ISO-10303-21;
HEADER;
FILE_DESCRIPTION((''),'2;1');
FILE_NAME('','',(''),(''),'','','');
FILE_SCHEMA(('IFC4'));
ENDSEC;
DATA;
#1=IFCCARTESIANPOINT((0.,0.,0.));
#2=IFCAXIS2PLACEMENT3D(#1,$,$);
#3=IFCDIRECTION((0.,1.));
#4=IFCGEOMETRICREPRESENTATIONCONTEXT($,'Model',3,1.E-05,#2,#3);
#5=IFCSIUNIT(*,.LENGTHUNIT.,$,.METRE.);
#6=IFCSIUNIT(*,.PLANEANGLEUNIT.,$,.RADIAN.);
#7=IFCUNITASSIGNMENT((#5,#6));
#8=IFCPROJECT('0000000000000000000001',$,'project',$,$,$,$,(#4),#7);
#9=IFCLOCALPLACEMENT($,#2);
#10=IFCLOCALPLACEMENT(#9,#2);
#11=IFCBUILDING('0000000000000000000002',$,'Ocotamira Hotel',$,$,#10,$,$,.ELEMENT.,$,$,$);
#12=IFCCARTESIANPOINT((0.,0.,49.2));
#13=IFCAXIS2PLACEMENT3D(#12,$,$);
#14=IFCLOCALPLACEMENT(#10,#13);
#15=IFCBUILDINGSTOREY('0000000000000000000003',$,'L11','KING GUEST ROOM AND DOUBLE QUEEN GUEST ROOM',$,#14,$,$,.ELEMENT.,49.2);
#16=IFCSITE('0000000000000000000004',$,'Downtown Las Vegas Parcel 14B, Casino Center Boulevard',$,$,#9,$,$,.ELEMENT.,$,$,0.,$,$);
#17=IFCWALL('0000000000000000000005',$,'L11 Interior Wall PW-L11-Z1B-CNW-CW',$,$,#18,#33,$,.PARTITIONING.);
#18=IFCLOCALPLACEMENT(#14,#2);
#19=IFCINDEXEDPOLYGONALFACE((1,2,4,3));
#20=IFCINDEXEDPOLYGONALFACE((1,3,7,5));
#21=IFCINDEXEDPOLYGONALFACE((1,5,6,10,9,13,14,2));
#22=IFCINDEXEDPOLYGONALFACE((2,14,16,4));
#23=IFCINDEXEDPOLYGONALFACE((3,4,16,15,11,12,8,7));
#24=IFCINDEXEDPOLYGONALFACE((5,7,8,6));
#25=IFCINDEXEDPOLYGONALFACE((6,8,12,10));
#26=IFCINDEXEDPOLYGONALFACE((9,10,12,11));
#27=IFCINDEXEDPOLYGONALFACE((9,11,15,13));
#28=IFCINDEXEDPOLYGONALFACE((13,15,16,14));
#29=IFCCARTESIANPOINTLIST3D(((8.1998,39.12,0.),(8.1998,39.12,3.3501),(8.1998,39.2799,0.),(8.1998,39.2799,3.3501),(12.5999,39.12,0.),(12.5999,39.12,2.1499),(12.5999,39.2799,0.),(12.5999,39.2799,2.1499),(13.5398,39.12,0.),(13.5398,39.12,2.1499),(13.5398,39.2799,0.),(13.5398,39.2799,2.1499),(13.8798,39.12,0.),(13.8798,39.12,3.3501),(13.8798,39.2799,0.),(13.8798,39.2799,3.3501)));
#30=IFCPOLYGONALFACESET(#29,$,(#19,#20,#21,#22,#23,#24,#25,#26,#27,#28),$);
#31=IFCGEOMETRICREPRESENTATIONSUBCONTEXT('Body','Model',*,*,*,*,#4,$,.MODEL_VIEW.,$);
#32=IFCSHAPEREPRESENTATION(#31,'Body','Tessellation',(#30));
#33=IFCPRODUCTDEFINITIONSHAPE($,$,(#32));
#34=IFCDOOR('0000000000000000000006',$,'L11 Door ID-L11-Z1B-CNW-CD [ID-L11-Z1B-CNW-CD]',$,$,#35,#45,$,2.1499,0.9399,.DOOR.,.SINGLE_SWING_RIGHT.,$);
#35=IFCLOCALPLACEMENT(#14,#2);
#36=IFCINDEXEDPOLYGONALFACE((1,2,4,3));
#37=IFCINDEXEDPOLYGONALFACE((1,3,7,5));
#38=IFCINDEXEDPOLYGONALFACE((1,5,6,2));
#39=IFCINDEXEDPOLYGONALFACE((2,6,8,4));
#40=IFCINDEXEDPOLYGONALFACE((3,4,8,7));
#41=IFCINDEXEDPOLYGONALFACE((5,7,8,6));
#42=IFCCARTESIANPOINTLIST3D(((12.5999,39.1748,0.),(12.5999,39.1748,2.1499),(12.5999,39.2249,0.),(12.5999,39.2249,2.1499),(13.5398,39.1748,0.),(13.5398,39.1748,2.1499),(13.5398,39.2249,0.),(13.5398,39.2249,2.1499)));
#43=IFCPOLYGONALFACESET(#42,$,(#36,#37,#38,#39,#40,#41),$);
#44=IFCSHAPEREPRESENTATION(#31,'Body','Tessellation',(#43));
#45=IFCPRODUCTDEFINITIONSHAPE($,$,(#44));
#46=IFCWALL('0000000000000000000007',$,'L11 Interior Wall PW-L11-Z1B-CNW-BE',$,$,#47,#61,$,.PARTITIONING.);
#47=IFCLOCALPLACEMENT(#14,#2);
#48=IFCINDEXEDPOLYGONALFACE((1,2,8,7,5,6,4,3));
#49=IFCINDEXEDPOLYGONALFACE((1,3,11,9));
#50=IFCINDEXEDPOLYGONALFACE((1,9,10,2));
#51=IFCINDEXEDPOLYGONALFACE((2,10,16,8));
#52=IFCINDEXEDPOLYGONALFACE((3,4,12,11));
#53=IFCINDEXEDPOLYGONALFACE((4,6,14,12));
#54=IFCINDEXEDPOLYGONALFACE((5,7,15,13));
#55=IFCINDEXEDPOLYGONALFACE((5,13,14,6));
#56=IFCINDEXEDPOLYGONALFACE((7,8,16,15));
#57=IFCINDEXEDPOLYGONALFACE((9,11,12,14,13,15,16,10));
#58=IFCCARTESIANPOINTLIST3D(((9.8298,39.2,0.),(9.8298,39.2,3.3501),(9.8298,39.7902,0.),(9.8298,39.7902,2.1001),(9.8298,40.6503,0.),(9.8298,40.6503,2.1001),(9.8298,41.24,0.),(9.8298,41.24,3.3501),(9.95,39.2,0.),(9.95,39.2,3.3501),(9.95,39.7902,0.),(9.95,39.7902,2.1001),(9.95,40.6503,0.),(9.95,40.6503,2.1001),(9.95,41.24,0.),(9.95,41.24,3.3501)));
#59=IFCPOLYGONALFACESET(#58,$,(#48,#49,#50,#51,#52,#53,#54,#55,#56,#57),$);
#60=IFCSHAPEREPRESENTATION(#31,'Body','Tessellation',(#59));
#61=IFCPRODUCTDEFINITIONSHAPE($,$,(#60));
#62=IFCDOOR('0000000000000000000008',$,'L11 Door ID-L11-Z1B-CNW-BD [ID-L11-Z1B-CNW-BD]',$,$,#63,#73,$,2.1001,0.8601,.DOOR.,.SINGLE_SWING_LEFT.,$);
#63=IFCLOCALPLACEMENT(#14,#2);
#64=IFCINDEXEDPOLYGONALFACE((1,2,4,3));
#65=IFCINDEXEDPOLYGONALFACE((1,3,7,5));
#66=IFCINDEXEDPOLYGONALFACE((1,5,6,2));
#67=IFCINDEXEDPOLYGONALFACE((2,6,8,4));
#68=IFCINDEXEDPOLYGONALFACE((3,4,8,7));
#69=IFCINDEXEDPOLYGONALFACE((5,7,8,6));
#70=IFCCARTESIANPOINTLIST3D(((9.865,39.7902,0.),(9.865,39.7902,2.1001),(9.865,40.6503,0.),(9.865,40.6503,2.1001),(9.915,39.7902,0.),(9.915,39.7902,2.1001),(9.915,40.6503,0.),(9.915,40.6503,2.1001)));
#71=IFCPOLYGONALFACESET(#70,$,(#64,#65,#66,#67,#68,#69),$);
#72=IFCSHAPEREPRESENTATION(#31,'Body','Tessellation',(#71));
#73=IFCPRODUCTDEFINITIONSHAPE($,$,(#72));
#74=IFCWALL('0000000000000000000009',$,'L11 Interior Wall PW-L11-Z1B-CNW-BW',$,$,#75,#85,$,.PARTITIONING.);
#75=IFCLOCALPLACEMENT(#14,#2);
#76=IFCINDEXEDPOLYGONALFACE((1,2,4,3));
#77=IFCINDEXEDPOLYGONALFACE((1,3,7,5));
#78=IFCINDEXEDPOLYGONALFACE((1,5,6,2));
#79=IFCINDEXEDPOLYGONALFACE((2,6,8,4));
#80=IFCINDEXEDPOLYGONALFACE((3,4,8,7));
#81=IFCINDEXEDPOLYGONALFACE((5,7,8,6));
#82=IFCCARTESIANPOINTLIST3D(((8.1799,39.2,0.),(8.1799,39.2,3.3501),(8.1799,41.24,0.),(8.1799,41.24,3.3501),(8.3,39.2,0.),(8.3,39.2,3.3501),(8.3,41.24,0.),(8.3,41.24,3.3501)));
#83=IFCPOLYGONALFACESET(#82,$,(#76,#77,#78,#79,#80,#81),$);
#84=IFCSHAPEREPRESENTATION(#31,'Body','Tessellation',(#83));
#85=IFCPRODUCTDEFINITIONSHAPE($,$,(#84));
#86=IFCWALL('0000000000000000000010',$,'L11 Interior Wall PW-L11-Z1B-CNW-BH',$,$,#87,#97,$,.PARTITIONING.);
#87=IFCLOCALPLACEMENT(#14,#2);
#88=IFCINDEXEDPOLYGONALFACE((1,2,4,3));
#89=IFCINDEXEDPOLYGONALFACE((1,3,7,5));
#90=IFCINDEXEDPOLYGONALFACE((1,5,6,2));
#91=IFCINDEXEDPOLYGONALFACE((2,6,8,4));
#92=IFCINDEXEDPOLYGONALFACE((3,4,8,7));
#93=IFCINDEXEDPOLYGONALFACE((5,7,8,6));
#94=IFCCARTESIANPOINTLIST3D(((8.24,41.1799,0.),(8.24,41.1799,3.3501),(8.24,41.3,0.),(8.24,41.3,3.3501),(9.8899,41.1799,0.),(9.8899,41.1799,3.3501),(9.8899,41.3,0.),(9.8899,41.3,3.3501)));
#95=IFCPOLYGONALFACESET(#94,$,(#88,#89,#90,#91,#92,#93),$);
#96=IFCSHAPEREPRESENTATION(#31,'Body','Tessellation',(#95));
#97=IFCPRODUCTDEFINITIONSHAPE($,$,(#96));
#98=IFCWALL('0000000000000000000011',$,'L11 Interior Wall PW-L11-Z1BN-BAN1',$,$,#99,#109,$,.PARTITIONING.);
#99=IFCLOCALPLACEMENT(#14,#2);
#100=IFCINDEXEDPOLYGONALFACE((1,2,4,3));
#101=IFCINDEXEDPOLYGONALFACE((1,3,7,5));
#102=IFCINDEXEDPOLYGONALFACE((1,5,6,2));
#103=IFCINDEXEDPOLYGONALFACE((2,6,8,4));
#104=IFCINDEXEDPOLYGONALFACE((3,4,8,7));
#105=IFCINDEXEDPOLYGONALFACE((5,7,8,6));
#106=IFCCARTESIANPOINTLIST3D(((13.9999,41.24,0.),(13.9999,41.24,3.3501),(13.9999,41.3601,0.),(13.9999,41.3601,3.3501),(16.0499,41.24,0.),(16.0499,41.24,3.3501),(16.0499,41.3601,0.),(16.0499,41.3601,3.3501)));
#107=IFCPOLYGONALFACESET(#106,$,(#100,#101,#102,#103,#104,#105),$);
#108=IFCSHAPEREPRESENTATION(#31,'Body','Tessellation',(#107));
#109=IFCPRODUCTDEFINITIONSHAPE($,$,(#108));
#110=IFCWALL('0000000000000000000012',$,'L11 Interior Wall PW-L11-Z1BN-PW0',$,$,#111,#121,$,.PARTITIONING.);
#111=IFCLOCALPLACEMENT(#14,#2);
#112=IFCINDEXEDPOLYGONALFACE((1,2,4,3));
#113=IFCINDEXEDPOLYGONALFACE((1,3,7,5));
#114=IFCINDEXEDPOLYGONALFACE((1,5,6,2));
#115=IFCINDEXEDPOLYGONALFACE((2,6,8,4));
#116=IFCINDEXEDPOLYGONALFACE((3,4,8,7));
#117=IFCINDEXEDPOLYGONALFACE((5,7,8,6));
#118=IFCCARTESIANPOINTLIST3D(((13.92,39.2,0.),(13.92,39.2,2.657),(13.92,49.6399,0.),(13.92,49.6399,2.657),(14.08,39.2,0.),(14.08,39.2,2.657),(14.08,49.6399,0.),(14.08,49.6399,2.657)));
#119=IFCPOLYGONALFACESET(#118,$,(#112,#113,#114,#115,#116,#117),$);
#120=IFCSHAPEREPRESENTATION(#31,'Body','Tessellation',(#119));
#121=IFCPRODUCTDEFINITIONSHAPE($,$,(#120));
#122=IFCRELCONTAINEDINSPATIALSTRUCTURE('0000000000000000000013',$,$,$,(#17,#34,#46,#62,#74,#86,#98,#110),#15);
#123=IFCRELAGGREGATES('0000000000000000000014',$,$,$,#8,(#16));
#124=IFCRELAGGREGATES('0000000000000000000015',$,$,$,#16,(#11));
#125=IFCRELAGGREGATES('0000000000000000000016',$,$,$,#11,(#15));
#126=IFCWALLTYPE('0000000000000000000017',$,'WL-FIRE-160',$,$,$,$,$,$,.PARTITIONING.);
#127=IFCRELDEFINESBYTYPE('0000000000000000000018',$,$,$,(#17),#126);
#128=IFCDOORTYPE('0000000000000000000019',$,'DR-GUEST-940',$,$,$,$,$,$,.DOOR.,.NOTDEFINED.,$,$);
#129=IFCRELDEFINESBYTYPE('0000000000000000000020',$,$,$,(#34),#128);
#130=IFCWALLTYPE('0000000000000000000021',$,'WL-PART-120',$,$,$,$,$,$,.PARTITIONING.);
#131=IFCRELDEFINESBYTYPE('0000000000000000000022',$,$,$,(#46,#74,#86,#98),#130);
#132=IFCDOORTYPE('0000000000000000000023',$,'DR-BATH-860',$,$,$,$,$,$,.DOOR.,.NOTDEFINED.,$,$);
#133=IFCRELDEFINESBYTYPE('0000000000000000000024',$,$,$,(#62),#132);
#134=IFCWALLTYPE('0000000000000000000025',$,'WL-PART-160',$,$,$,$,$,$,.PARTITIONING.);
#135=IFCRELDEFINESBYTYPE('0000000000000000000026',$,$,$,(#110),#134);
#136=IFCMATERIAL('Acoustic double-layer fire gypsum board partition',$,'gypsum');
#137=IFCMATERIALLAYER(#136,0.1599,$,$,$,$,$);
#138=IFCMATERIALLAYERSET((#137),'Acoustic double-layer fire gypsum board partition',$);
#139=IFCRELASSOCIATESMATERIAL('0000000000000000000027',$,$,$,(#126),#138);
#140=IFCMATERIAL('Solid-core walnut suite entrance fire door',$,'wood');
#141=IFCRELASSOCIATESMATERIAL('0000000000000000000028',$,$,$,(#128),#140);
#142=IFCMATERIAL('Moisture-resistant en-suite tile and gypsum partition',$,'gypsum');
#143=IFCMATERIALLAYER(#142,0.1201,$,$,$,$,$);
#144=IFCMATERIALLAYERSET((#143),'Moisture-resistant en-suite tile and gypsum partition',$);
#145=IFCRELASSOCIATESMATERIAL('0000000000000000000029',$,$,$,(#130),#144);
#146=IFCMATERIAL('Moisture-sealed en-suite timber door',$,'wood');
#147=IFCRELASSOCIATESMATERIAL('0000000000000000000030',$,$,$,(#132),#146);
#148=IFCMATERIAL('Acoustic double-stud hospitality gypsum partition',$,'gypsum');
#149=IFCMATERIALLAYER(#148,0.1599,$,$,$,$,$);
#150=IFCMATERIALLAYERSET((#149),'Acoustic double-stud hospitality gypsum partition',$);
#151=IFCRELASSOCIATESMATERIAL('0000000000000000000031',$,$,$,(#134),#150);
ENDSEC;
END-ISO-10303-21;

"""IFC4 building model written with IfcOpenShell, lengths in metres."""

from ifc_helpers import new_model, si_unit, direction, frame, frame_2d, origin, place, context, subcontext, project, spatial, rectangle, extrude, source, transform, mapped, material, layer, layer_set, type_object, element, fill, save


model = new_model("IFC4")

# Units and contexts
model_context = context("Model", 3, precision=1e-05, world=origin(), true_north=direction((0.0, 1.0)))
body_context = subcontext(model_context, "Body", "Model", "MODEL_VIEW")
ifc_project = project(units=[si_unit("LENGTHUNIT", "METRE"), si_unit("PLANEANGLEUNIT", "RADIAN")], contexts=[model_context])

# Site, building, storey
site_placement = place(None, origin())
site = spatial("IfcSite", under=ifc_project, at=site_placement, Name="Downtown Las Vegas Parcel 14B, Casino Center Boulevard", CompositionType="ELEMENT", RefElevation=0.0)
building_placement = place(site_placement, origin())
building = spatial("IfcBuilding", under=site, at=building_placement, Name="Ocotamira Hotel", CompositionType="ELEMENT")
storey_placement = place(building_placement, frame((0.0, 0.0, 49.2)))
storey = spatial("IfcBuildingStorey", under=building, at=storey_placement, Name="L11", Description="KING GUEST ROOM AND DOUBLE QUEEN GUEST ROOM", CompositionType="ELEMENT", Elevation=49.2)

# Wall, opening, door
ifc_material_1 = material(Name="Acoustic double-layer fire gypsum board partition", Category="gypsum")
ifc_layer_1 = layer(ifc_material_1, 0.1599)
ifc_layer_set_1 = layer_set([ifc_layer_1], Name="Acoustic double-layer fire gypsum board partition")
wall_type_1 = type_object("IfcWallType", Name="WL-FIRE-160", PredefinedType="PARTITIONING", material=ifc_layer_set_1)
wall_1_placement = place(storey_placement, frame((8.2, 39.2, 0.0), z_axis=(0.0, 0.0, 1.0), x_axis=(1.0, 0.0, 0.0)))
wall_1 = element("IfcWall", 1, at=wall_1_placement, inside=storey, type_object=wall_type_1, Name="L11 Interior Wall PW-L11-Z1B-CNW-CW", PredefinedType="PARTITIONING", context=body_context, shape_type="SweptSolid", body=[
    extrude(rectangle(XDim=5.6799, YDim=0.1599, at=frame_2d((2.8398, 0.0))), origin(), (0.0, 0.0, 1.0), 3.3501),
])
opening_1_placement = place(wall_1_placement, frame((4.3999, 0.0, 0.0)))
opening_1 = element("IfcOpeningElement", 2, at=opening_1_placement, cuts=wall_1, PredefinedType="OPENING", context=body_context, shape_type="SweptSolid", body=[
    extrude(rectangle(XDim=0.9399, YDim=2.1499, at=frame_2d((0.47, 1.075))), frame((0.0, 0.0898, 0.0), z_axis=(0.0, -1.0, 0.0), x_axis=(1.0, 0.0, 0.0)), (0.0, 0.0, 1.0), 0.1799),
])
ifc_material_2 = material(Name="Solid-core walnut suite entrance fire door", Category="wood")
door_type_1 = type_object("IfcDoorType", Name="DR-GUEST-940", OperationType="NOTDEFINED", PredefinedType="DOOR", material=ifc_material_2)
shared_shape_1 = source(origin(), body_context, "Body", "SweptSolid", [
    extrude(rectangle(XDim=0.9399, YDim=2.1499, at=frame_2d((0.47, 1.075))), frame((0.0, 0.0249, 0.0), z_axis=(0.0, -1.0, 0.0), x_axis=(1.0, 0.0, 0.0)), (0.0, 0.0, 1.0), 0.05),
])
door_1_placement = place(opening_1_placement, origin())
door_1 = element("IfcDoor", 3, at=door_1_placement, inside=storey, type_object=door_type_1, Name="L11 Door ID-L11-Z1B-CNW-CD [ID-L11-Z1B-CNW-CD]", OperationType="SINGLE_SWING_RIGHT", OverallHeight=2.1499, OverallWidth=0.9399, PredefinedType="DOOR", context=body_context, shape_type="MappedRepresentation", body=[
    mapped(shared_shape_1, transform((0.0, 0.0, 0.0), scale=1.0)),
])
fill(opening_1, door_1)

# Wall, opening, door
ifc_material_3 = material(Name="Moisture-resistant en-suite tile and gypsum partition", Category="gypsum")
ifc_layer_2 = layer(ifc_material_3, 0.1201)
ifc_layer_set_2 = layer_set([ifc_layer_2], Name="Moisture-resistant en-suite tile and gypsum partition")
wall_type_2 = type_object("IfcWallType", Name="WL-PART-120", PredefinedType="PARTITIONING", material=ifc_layer_set_2)
wall_2_placement = place(storey_placement, frame((9.8899, 39.2, 0.0), z_axis=(0.0, 0.0, 1.0), x_axis=(0.0, 1.0, 0.0)))
wall_2 = element("IfcWall", 4, at=wall_2_placement, inside=storey, type_object=wall_type_2, Name="L11 Interior Wall PW-L11-Z1B-CNW-BE", PredefinedType="PARTITIONING", context=body_context, shape_type="SweptSolid", body=[
    extrude(rectangle(XDim=2.04, YDim=0.1201, at=frame_2d((1.02, 0.0))), origin(), (0.0, 0.0, 1.0), 3.3501),
])
opening_2_placement = place(wall_2_placement, frame((0.5901, 0.0, 0.0)))
opening_2 = element("IfcOpeningElement", 5, at=opening_2_placement, cuts=wall_2, PredefinedType="OPENING", context=body_context, shape_type="SweptSolid", body=[
    extrude(rectangle(XDim=0.8601, YDim=2.1001, at=frame_2d((0.4302, 1.05))), frame((0.0, 0.0701, 0.0), z_axis=(0.0, -1.0, 0.0), x_axis=(1.0, 0.0, 0.0)), (0.0, 0.0, 1.0), 0.1401),
])
ifc_material_4 = material(Name="Moisture-sealed en-suite timber door", Category="wood")
door_type_2 = type_object("IfcDoorType", Name="DR-BATH-860", OperationType="NOTDEFINED", PredefinedType="DOOR", material=ifc_material_4)
shared_shape_2 = source(origin(), body_context, "Body", "SweptSolid", [
    extrude(rectangle(XDim=0.8601, YDim=2.1001, at=frame_2d((0.4302, 1.05))), frame((0.0, 0.0249, 0.0), z_axis=(0.0, -1.0, 0.0), x_axis=(1.0, 0.0, 0.0)), (0.0, 0.0, 1.0), 0.05),
])
door_2_placement = place(opening_2_placement, origin())
door_2 = element("IfcDoor", 6, at=door_2_placement, inside=storey, type_object=door_type_2, Name="L11 Door ID-L11-Z1B-CNW-BD [ID-L11-Z1B-CNW-BD]", OperationType="SINGLE_SWING_LEFT", OverallHeight=2.1001, OverallWidth=0.8601, PredefinedType="DOOR", context=body_context, shape_type="MappedRepresentation", body=[
    mapped(shared_shape_2, transform((0.0, 0.0, 0.0), scale=1.0)),
])
fill(opening_2, door_2)

# Walls
wall_3_placement = place(storey_placement, frame((8.24, 39.2, 0.0), z_axis=(0.0, 0.0, 1.0), x_axis=(0.0, 1.0, 0.0)))
element("IfcWall", 7, at=wall_3_placement, inside=storey, type_object=wall_type_2, Name="L11 Interior Wall PW-L11-Z1B-CNW-BW", PredefinedType="PARTITIONING", context=body_context, shape_type="SweptSolid", body=[
    extrude(rectangle(XDim=2.04, YDim=0.1201, at=frame_2d((1.02, 0.0))), origin(), (0.0, 0.0, 1.0), 3.3501),
])
wall_4_placement = place(storey_placement, frame((8.24, 41.24, 0.0), z_axis=(0.0, 0.0, 1.0), x_axis=(1.0, 0.0, 0.0)))
element("IfcWall", 8, at=wall_4_placement, inside=storey, type_object=wall_type_2, Name="L11 Interior Wall PW-L11-Z1B-CNW-BH", PredefinedType="PARTITIONING", context=body_context, shape_type="SweptSolid", body=[
    extrude(rectangle(XDim=1.6499, YDim=0.1201, at=frame_2d((0.825, 0.0))), origin(), (0.0, 0.0, 1.0), 3.3501),
])
wall_5_placement = place(storey_placement, frame((14.0, 41.3, 0.0), z_axis=(0.0, 0.0, 1.0), x_axis=(1.0, 0.0, 0.0)))
element("IfcWall", 9, at=wall_5_placement, inside=storey, type_object=wall_type_2, Name="L11 Interior Wall PW-L11-Z1BN-BAN1", PredefinedType="PARTITIONING", context=body_context, shape_type="SweptSolid", body=[
    extrude(rectangle(XDim=2.05, YDim=0.1201, at=frame_2d((1.0249, 0.0))), origin(), (0.0, 0.0, 1.0), 3.3501),
])
ifc_material_5 = material(Name="Acoustic double-stud hospitality gypsum partition", Category="gypsum")
ifc_layer_3 = layer(ifc_material_5, 0.1599)
ifc_layer_set_3 = layer_set([ifc_layer_3], Name="Acoustic double-stud hospitality gypsum partition")
wall_type_3 = type_object("IfcWallType", Name="WL-PART-160", PredefinedType="PARTITIONING", material=ifc_layer_set_3)
wall_6_placement = place(storey_placement, frame((14.0, 39.2, 0.0), z_axis=(0.0, 0.0, 1.0), x_axis=(0.0, 1.0, 0.0)))
element("IfcWall", 10, at=wall_6_placement, inside=storey, type_object=wall_type_3, Name="L11 Interior Wall PW-L11-Z1BN-PW0", PredefinedType="PARTITIONING", context=body_context, shape_type="SweptSolid", body=[
    extrude(rectangle(XDim=10.4399, YDim=0.1599, at=frame_2d((5.22, 0.0))), origin(), (0.0, 0.0, 1.0), 2.657),
])

save(model, "model.ifc")
